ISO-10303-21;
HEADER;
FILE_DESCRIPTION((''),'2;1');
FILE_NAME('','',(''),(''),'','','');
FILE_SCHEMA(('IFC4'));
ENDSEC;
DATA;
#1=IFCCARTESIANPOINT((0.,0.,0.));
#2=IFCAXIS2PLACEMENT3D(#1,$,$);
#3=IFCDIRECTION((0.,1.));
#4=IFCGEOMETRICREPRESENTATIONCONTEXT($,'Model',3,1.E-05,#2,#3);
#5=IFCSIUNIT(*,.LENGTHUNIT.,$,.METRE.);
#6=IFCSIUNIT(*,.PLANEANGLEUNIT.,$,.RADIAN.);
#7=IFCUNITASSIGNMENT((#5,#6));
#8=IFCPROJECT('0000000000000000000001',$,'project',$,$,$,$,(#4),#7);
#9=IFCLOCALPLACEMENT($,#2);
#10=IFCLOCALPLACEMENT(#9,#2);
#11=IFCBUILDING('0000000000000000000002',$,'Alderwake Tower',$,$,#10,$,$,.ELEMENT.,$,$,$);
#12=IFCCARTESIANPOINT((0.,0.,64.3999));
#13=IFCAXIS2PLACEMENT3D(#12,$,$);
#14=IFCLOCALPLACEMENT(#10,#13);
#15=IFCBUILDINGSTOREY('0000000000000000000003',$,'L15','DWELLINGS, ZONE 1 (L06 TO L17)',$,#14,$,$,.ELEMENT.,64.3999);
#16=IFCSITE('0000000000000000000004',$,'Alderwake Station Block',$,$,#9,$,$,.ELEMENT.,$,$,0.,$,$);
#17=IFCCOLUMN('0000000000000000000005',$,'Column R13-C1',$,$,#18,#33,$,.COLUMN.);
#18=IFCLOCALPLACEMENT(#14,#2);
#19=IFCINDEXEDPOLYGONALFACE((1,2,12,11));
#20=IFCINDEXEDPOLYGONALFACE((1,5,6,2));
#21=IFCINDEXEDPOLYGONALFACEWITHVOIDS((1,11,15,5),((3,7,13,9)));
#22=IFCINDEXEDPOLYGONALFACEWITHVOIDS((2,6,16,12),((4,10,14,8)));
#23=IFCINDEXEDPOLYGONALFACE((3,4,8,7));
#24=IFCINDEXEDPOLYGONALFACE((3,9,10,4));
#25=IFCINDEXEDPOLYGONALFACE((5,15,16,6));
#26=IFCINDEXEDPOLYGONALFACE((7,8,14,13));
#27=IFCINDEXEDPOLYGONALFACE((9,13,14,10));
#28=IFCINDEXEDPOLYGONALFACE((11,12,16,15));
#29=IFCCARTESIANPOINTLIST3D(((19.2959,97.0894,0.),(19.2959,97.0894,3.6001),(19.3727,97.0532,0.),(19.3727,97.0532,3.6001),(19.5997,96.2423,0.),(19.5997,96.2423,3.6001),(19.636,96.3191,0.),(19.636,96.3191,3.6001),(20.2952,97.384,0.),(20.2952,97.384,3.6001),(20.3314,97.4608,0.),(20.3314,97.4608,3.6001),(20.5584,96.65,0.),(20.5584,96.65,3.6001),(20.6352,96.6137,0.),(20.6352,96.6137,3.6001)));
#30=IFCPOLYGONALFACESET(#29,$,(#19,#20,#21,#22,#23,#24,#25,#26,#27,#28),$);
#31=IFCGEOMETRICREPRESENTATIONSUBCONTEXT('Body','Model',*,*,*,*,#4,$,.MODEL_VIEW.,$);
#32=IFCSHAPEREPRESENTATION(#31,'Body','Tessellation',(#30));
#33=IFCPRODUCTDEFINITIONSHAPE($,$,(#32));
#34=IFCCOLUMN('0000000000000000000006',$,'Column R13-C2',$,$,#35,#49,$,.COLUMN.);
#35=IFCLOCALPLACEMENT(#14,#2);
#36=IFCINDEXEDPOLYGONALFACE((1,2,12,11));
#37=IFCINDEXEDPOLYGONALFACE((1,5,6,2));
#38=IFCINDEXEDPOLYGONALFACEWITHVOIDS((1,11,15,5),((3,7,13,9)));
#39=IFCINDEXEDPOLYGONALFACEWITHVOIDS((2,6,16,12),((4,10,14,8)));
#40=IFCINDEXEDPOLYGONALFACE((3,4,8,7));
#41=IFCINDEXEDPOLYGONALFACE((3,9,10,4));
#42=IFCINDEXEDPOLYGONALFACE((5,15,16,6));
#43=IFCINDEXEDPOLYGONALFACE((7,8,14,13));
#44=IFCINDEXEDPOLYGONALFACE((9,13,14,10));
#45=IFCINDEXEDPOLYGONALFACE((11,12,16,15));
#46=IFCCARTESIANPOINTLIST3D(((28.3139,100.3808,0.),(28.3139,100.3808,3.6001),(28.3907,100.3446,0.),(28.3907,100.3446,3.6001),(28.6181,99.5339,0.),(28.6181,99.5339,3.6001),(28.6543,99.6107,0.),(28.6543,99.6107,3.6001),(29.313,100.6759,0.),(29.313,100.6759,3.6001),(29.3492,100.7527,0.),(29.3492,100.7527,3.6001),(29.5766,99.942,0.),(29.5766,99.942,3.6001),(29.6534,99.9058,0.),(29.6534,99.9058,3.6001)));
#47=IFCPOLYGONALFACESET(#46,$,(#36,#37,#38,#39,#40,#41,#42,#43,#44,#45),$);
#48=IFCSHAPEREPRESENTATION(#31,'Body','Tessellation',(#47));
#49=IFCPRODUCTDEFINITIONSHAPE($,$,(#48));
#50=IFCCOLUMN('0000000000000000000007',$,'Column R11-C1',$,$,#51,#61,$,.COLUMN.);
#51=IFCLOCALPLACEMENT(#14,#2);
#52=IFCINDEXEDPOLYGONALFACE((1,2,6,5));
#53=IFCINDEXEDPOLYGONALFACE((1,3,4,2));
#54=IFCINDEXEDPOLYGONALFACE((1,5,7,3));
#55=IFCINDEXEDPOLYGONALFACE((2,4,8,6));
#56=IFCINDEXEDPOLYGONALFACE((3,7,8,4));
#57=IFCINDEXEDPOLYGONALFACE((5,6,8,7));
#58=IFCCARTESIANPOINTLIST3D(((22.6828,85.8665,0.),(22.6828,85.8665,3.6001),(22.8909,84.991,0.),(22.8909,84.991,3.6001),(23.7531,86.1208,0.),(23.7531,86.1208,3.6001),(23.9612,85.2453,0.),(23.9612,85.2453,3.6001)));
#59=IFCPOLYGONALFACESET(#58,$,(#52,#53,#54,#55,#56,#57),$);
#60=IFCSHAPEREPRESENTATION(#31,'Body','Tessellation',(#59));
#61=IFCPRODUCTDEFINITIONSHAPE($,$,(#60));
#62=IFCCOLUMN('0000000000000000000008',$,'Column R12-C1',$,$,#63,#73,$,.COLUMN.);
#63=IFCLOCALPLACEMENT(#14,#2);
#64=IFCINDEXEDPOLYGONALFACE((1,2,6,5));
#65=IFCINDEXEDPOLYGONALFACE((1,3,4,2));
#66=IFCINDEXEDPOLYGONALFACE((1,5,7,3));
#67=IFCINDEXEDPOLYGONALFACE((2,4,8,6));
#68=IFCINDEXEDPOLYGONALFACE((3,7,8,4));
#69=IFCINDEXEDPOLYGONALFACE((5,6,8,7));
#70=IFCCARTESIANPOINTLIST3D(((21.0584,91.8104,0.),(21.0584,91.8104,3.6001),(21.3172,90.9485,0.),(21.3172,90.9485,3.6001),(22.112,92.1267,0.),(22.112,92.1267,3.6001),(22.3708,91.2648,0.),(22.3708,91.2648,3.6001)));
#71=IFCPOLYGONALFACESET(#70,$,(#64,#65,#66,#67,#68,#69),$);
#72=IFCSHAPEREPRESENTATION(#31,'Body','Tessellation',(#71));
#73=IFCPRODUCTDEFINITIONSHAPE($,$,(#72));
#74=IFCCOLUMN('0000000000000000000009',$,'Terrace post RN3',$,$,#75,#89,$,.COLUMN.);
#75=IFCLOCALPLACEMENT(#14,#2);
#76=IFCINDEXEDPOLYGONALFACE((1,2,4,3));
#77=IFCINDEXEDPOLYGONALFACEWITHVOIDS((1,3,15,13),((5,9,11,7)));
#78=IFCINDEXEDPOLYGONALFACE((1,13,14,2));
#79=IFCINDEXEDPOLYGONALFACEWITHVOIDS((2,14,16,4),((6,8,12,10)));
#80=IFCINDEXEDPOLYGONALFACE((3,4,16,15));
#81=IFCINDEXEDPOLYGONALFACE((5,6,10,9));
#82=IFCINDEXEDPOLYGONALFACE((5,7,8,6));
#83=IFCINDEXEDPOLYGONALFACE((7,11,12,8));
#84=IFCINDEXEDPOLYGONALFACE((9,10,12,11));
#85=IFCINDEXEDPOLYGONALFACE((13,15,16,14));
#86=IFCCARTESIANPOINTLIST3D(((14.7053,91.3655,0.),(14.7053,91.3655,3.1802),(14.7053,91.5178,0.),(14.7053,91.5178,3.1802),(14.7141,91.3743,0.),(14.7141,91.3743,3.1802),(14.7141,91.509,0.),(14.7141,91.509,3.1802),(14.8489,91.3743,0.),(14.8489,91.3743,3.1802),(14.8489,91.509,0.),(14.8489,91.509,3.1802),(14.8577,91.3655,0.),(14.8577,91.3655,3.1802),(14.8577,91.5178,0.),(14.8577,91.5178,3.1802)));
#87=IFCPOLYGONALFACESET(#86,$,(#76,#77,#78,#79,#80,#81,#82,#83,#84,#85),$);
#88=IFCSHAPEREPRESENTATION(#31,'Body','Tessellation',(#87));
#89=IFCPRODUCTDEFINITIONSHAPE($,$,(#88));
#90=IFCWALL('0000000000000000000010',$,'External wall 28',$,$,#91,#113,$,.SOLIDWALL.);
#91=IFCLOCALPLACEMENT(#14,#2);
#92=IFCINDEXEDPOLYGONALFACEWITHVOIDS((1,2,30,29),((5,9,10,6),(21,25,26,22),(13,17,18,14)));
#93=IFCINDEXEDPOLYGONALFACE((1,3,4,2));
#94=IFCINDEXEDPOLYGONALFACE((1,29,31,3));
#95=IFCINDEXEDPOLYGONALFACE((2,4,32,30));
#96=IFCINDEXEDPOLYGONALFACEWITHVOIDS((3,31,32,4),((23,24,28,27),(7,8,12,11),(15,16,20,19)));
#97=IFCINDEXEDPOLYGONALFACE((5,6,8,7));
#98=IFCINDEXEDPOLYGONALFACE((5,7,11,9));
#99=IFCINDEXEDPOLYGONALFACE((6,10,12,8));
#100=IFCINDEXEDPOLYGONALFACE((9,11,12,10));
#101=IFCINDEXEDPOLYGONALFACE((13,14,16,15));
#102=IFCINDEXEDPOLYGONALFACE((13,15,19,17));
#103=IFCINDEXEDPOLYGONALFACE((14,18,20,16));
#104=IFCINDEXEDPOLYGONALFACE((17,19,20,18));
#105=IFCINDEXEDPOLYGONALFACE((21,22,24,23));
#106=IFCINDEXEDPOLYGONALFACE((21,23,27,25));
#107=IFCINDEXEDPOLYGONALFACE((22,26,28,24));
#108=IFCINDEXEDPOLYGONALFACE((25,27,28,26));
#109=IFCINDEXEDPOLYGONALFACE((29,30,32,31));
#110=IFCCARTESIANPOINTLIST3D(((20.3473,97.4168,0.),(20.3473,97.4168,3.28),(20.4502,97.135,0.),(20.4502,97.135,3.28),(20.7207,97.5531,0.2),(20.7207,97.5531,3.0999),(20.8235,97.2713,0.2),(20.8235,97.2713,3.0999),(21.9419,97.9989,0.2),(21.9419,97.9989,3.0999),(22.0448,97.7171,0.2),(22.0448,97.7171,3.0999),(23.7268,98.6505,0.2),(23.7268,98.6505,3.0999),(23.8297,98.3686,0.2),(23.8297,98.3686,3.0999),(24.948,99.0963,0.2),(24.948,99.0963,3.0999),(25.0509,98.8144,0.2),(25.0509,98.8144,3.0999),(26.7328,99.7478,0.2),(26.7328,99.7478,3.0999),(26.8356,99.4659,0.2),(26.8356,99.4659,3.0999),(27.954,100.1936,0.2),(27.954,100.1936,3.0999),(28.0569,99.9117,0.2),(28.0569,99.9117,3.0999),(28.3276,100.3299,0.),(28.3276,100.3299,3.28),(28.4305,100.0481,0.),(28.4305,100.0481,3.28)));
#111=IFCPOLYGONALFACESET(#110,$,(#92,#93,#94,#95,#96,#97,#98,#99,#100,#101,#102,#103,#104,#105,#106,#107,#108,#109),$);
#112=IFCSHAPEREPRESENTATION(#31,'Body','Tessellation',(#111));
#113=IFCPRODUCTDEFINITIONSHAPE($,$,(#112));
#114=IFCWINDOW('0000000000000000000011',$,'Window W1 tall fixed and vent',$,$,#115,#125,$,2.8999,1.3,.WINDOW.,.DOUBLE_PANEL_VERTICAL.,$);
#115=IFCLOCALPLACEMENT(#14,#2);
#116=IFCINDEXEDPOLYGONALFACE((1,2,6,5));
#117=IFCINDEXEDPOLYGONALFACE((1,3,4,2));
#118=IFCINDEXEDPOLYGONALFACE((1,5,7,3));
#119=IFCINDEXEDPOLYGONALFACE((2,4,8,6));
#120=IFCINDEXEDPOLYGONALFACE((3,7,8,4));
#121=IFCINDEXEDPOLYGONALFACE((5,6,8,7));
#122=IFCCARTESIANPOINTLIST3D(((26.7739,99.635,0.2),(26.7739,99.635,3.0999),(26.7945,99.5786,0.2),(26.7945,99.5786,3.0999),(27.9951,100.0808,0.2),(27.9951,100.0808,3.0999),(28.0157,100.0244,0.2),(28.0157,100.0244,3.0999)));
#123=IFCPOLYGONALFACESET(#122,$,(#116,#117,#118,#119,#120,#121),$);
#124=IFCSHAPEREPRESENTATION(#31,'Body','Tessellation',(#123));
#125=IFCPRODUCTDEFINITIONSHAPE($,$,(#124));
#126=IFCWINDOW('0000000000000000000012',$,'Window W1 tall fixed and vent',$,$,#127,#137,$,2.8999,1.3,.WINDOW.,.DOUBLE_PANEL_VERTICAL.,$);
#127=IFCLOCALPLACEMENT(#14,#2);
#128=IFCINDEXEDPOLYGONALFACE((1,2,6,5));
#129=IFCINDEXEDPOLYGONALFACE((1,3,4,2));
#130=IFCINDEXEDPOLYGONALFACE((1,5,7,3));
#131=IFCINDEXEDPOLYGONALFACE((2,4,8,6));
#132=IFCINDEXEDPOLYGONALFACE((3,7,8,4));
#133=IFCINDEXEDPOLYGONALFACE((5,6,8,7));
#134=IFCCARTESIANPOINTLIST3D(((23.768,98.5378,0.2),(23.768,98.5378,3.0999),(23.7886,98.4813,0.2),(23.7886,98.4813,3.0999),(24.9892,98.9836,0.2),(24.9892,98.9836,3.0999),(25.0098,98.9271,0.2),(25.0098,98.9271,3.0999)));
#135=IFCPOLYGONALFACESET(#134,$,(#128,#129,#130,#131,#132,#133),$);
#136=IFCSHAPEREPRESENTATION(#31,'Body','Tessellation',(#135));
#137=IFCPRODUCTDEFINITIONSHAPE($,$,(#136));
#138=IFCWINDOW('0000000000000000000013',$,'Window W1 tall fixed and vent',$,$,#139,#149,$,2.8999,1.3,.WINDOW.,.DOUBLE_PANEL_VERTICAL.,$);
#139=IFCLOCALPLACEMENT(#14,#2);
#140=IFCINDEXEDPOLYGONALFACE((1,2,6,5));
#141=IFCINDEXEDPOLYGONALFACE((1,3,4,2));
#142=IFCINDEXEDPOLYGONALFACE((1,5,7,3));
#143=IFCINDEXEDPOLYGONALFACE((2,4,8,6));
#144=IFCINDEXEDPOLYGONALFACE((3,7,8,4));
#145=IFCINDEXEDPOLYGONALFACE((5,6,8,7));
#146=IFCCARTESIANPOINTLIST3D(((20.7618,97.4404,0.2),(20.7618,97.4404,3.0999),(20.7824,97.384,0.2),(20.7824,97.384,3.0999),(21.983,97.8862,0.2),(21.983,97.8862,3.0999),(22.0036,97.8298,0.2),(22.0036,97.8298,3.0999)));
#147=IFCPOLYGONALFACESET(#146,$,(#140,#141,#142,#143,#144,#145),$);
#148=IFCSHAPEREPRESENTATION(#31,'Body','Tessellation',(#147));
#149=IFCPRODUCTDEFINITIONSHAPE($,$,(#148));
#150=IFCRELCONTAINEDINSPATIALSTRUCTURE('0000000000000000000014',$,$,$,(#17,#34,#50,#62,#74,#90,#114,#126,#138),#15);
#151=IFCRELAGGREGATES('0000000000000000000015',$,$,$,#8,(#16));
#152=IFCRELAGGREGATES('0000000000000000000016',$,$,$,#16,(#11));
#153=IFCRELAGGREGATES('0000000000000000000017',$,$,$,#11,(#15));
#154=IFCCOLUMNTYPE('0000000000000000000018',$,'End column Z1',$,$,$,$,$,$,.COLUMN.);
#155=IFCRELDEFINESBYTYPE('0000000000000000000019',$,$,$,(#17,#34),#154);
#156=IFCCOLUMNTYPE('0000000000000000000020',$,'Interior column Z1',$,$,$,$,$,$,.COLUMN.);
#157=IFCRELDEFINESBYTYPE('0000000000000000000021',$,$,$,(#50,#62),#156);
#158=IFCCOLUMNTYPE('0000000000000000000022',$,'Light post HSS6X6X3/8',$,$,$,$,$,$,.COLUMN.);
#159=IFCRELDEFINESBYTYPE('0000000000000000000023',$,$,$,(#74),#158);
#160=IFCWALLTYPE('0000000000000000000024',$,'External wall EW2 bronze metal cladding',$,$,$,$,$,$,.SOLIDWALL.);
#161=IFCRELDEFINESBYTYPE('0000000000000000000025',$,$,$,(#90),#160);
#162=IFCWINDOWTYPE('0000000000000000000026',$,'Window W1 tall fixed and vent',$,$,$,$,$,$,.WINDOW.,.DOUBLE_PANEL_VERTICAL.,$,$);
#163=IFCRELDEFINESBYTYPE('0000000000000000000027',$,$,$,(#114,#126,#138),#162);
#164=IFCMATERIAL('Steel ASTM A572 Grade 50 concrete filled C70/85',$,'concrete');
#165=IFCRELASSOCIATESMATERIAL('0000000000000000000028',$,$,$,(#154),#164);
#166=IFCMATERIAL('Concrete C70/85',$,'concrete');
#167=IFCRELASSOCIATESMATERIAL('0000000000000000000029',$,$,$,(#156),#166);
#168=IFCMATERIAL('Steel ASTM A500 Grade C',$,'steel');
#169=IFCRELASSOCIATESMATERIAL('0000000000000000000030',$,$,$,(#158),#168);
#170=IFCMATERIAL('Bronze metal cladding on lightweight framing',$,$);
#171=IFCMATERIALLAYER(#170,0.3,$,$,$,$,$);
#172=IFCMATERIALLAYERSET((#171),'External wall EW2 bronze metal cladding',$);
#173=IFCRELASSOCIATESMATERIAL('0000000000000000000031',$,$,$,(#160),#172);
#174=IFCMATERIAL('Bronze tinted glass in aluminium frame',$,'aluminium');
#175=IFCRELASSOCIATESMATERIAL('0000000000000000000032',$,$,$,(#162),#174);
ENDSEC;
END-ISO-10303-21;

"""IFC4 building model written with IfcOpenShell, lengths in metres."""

from ifc_helpers import new_model, si_unit, direction, frame, frame_2d, origin, origin_2d, place, context, subcontext, project, spatial, rectangle, hollow_rectangle, extrude, material, layer, layer_set, material_profile, profile_set, type_object, element, fill, save


model = new_model("IFC4")

# Units and contexts
model_context = context("Model", 3, precision=1e-05, world=origin(), true_north=direction((0.0, 1.0)))
body_context = subcontext(model_context, "Body", "Model", "MODEL_VIEW")
ifc_project = project(units=[si_unit("LENGTHUNIT", "METRE"), si_unit("PLANEANGLEUNIT", "RADIAN")], contexts=[model_context])

# Site, building, storey
site_placement = place(None, origin())
site = spatial("IfcSite", under=ifc_project, at=site_placement, Name="Alderwake Station Block", CompositionType="ELEMENT", RefElevation=0.0)
building_placement = place(site_placement, origin())
building = spatial("IfcBuilding", under=site, at=building_placement, Name="Alderwake Tower", CompositionType="ELEMENT")
storey_placement = place(building_placement, frame((0.0, 0.0, 64.3999)))
storey = spatial("IfcBuildingStorey", under=building, at=storey_placement, Name="L15", Description="DWELLINGS, ZONE 1 (L06 TO L17)", CompositionType="ELEMENT", Elevation=64.3999)

# Columns
ifc_material_1 = material(Name="Steel ASTM A572 Grade 50 concrete filled C70/85", Category="concrete")
ifc_material_profile_1 = material_profile(ifc_material_1, hollow_rectangle(XDim=0.8999, YDim=1.1001, WallThickness=0.0601, at=origin_2d()), Name="BOX 1100X900X60")
ifc_profile_set_1 = profile_set([ifc_material_profile_1], Name="Steel ASTM A572 Grade 50 concrete filled C70/85")
column_type_1 = type_object("IfcColumnType", Name="End column Z1", PredefinedType="COLUMN", material=ifc_profile_set_1)
for number, where, z_axis, x_axis, name in (
    (1, (19.9656, 96.8516, 0.0), (0.0, 0.0, 1.0), (-0.337585, 0.941295, 0.0), "Column R13-C1"),
    (2, (28.9836, 100.1433, 0.0), (0.0, 0.0, 1.0), (-0.338027, 0.941136, 0.0), "Column R13-C2"),
):
    element("IfcColumn", number, at=place(storey_placement, frame(where, z_axis=z_axis, x_axis=x_axis)), inside=storey, type_object=column_type_1, Name=name, PredefinedType="COLUMN", context=body_context, shape_type="SweptSolid", body=[
        extrude(hollow_rectangle(XDim=0.8999, YDim=1.1001, WallThickness=0.0601, at=origin_2d()), origin(), (0.0, 0.0, 1.0), 3.6001),
    ])
ifc_material_2 = material(Name="Concrete C70/85", Category="concrete")
ifc_material_profile_2 = material_profile(ifc_material_2, rectangle(XDim=0.8999, YDim=1.1001, at=origin_2d()), Name="RC 1100X900")
ifc_profile_set_2 = profile_set([ifc_material_profile_2], Name="Concrete C70/85")
column_type_2 = type_object("IfcColumnType", Name="Interior column Z1", PredefinedType="COLUMN", material=ifc_profile_set_2)
for number, where, z_axis, x_axis, name in (
    (3, (23.322, 85.5559, 0.0), (0.0, 0.0, 1.0), (-0.231222, 0.972901, 0.0), "Column R11-C1"),
    (4, (21.7146, 91.5376, 0.0), (0.0, 0.0, 1.0), (-0.287549, 0.957766, 0.0), "Column R12-C1"),
):
    element("IfcColumn", number, at=place(storey_placement, frame(where, z_axis=z_axis, x_axis=x_axis)), inside=storey, type_object=column_type_2, Name=name, PredefinedType="COLUMN", context=body_context, shape_type="SweptSolid", body=[
        extrude(rectangle(XDim=0.8999, YDim=1.1001, at=origin_2d()), origin(), (0.0, 0.0, 1.0), 3.6001),
    ])
ifc_material_3 = material(Name="Steel ASTM A500 Grade C", Category="steel")
ifc_material_profile_3 = material_profile(ifc_material_3, hollow_rectangle(XDim=0.1523, YDim=0.1523, WallThickness=0.0088, at=origin_2d()), Name="HSS6X6X3/8")
ifc_profile_set_3 = profile_set([ifc_material_profile_3], Name="Steel ASTM A500 Grade C")
column_type_3 = type_object("IfcColumnType", Name="Light post HSS6X6X3/8", PredefinedType="COLUMN", material=ifc_profile_set_3)
column_placement = place(storey_placement, frame((14.7815, 91.4417, 0.0), z_axis=(0.0, 0.0, 1.0), x_axis=(1.0, 0.0, 0.0)))
element("IfcColumn", 5, at=column_placement, inside=storey, type_object=column_type_3, Name="Terrace post RN3", PredefinedType="COLUMN", context=body_context, shape_type="SweptSolid", body=[
    extrude(hollow_rectangle(XDim=0.1523, YDim=0.1523, WallThickness=0.0088, at=origin_2d()), origin(), (0.0, 0.0, 1.0), 3.1802),
])

# Wall, openings, windows
ifc_material_4 = material(Name="Bronze metal cladding on lightweight framing")
ifc_layer_1 = layer(ifc_material_4, 0.3)
ifc_layer_set_1 = layer_set([ifc_layer_1], Name="External wall EW2 bronze metal cladding")
wall_type_1 = type_object("IfcWallType", Name="External wall EW2 bronze metal cladding", PredefinedType="SOLIDWALL", material=ifc_layer_set_1)
wall_1_placement = place(storey_placement, frame((28.3789, 100.189, 0.0), z_axis=(0.0, 0.0, 1.0), x_axis=(-0.93937, -0.342906, 0.0)))
wall_1 = element("IfcWall", 6, at=wall_1_placement, inside=storey, type_object=wall_type_1, Name="External wall 28", PredefinedType="SOLIDWALL", context=body_context, shape_type="SweptSolid", body=[
    extrude(rectangle(XDim=8.4954, YDim=0.3, at=frame_2d((4.2476, 0.0))), origin(), (0.0, 0.0, 1.0), 3.28),
])
opening_1_placement = place(wall_1_placement, frame((0.3977, 0.0, 0.2)))
opening_1 = element("IfcOpeningElement", 7, at=opening_1_placement, cuts=wall_1, PredefinedType="OPENING", context=body_context, shape_type="SweptSolid", body=[
    extrude(rectangle(XDim=1.3, YDim=2.8999, at=frame_2d((0.6499, 1.45))), frame((0.0, 0.1599, 0.0), z_axis=(0.0, -1.0, 0.0), x_axis=(1.0, 0.0, 0.0)), (0.0, 0.0, 1.0), 0.3201),
])
opening_2_placement = place(wall_1_placement, frame((3.5977, 0.0, 0.2)))
opening_2 = element("IfcOpeningElement", 8, at=opening_2_placement, cuts=wall_1, PredefinedType="OPENING", context=body_context, shape_type="SweptSolid", body=[
    extrude(rectangle(XDim=1.3, YDim=2.8999, at=frame_2d((0.6499, 1.45))), frame((0.0, 0.1599, 0.0), z_axis=(0.0, -1.0, 0.0), x_axis=(1.0, 0.0, 0.0)), (0.0, 0.0, 1.0), 0.3201),
])
opening_3_placement = place(wall_1_placement, frame((6.7979, 0.0, 0.2)))
opening_3 = element("IfcOpeningElement", 9, at=opening_3_placement, cuts=wall_1, PredefinedType="OPENING", context=body_context, shape_type="SweptSolid", body=[
    extrude(rectangle(XDim=1.3, YDim=2.8999, at=frame_2d((0.6499, 1.45))), frame((0.0, 0.1599, 0.0), z_axis=(0.0, -1.0, 0.0), x_axis=(1.0, 0.0, 0.0)), (0.0, 0.0, 1.0), 0.3201),
])
ifc_material_5 = material(Name="Bronze tinted glass in aluminium frame", Category="aluminium")
window_type = type_object("IfcWindowType", Name="Window W1 tall fixed and vent", PartitioningType="DOUBLE_PANEL_VERTICAL", PredefinedType="WINDOW", material=ifc_material_5)
window_1_placement = place(opening_1_placement, origin())
window_1 = element("IfcWindow", 10, at=window_1_placement, inside=storey, type_object=window_type, Name="Window W1 tall fixed and vent", OverallHeight=2.8999, OverallWidth=1.3, PartitioningType="DOUBLE_PANEL_VERTICAL", PredefinedType="WINDOW", context=body_context, shape_type="SweptSolid", body=[
    extrude(rectangle(XDim=1.3, YDim=2.8999, at=frame_2d((0.6499, 1.45))), frame((0.0, 0.03, 0.0), z_axis=(0.0, -1.0, 0.0), x_axis=(1.0, 0.0, 0.0)), (0.0, 0.0, 1.0), 0.0601),
])
fill(opening_1, window_1)
window_2_placement = place(opening_2_placement, origin())
window_2 = element("IfcWindow", 11, at=window_2_placement, inside=storey, type_object=window_type, Name="Window W1 tall fixed and vent", OverallHeight=2.8999, OverallWidth=1.3, PartitioningType="DOUBLE_PANEL_VERTICAL", PredefinedType="WINDOW", context=body_context, shape_type="SweptSolid", body=[
    extrude(rectangle(XDim=1.3, YDim=2.8999, at=frame_2d((0.6499, 1.45))), frame((0.0, 0.03, 0.0), z_axis=(0.0, -1.0, 0.0), x_axis=(1.0, 0.0, 0.0)), (0.0, 0.0, 1.0), 0.0601),
])
fill(opening_2, window_2)
window_3_placement = place(opening_3_placement, origin())
window_3 = element("IfcWindow", 12, at=window_3_placement, inside=storey, type_object=window_type, Name="Window W1 tall fixed and vent", OverallHeight=2.8999, OverallWidth=1.3, PartitioningType="DOUBLE_PANEL_VERTICAL", PredefinedType="WINDOW", context=body_context, shape_type="SweptSolid", body=[
    extrude(rectangle(XDim=1.3, YDim=2.8999, at=frame_2d((0.6499, 1.45))), frame((0.0, 0.03, 0.0), z_axis=(0.0, -1.0, 0.0), x_axis=(1.0, 0.0, 0.0)), (0.0, 0.0, 1.0), 0.0601),
])
fill(opening_3, window_3)

save(model, "model.ifc")
